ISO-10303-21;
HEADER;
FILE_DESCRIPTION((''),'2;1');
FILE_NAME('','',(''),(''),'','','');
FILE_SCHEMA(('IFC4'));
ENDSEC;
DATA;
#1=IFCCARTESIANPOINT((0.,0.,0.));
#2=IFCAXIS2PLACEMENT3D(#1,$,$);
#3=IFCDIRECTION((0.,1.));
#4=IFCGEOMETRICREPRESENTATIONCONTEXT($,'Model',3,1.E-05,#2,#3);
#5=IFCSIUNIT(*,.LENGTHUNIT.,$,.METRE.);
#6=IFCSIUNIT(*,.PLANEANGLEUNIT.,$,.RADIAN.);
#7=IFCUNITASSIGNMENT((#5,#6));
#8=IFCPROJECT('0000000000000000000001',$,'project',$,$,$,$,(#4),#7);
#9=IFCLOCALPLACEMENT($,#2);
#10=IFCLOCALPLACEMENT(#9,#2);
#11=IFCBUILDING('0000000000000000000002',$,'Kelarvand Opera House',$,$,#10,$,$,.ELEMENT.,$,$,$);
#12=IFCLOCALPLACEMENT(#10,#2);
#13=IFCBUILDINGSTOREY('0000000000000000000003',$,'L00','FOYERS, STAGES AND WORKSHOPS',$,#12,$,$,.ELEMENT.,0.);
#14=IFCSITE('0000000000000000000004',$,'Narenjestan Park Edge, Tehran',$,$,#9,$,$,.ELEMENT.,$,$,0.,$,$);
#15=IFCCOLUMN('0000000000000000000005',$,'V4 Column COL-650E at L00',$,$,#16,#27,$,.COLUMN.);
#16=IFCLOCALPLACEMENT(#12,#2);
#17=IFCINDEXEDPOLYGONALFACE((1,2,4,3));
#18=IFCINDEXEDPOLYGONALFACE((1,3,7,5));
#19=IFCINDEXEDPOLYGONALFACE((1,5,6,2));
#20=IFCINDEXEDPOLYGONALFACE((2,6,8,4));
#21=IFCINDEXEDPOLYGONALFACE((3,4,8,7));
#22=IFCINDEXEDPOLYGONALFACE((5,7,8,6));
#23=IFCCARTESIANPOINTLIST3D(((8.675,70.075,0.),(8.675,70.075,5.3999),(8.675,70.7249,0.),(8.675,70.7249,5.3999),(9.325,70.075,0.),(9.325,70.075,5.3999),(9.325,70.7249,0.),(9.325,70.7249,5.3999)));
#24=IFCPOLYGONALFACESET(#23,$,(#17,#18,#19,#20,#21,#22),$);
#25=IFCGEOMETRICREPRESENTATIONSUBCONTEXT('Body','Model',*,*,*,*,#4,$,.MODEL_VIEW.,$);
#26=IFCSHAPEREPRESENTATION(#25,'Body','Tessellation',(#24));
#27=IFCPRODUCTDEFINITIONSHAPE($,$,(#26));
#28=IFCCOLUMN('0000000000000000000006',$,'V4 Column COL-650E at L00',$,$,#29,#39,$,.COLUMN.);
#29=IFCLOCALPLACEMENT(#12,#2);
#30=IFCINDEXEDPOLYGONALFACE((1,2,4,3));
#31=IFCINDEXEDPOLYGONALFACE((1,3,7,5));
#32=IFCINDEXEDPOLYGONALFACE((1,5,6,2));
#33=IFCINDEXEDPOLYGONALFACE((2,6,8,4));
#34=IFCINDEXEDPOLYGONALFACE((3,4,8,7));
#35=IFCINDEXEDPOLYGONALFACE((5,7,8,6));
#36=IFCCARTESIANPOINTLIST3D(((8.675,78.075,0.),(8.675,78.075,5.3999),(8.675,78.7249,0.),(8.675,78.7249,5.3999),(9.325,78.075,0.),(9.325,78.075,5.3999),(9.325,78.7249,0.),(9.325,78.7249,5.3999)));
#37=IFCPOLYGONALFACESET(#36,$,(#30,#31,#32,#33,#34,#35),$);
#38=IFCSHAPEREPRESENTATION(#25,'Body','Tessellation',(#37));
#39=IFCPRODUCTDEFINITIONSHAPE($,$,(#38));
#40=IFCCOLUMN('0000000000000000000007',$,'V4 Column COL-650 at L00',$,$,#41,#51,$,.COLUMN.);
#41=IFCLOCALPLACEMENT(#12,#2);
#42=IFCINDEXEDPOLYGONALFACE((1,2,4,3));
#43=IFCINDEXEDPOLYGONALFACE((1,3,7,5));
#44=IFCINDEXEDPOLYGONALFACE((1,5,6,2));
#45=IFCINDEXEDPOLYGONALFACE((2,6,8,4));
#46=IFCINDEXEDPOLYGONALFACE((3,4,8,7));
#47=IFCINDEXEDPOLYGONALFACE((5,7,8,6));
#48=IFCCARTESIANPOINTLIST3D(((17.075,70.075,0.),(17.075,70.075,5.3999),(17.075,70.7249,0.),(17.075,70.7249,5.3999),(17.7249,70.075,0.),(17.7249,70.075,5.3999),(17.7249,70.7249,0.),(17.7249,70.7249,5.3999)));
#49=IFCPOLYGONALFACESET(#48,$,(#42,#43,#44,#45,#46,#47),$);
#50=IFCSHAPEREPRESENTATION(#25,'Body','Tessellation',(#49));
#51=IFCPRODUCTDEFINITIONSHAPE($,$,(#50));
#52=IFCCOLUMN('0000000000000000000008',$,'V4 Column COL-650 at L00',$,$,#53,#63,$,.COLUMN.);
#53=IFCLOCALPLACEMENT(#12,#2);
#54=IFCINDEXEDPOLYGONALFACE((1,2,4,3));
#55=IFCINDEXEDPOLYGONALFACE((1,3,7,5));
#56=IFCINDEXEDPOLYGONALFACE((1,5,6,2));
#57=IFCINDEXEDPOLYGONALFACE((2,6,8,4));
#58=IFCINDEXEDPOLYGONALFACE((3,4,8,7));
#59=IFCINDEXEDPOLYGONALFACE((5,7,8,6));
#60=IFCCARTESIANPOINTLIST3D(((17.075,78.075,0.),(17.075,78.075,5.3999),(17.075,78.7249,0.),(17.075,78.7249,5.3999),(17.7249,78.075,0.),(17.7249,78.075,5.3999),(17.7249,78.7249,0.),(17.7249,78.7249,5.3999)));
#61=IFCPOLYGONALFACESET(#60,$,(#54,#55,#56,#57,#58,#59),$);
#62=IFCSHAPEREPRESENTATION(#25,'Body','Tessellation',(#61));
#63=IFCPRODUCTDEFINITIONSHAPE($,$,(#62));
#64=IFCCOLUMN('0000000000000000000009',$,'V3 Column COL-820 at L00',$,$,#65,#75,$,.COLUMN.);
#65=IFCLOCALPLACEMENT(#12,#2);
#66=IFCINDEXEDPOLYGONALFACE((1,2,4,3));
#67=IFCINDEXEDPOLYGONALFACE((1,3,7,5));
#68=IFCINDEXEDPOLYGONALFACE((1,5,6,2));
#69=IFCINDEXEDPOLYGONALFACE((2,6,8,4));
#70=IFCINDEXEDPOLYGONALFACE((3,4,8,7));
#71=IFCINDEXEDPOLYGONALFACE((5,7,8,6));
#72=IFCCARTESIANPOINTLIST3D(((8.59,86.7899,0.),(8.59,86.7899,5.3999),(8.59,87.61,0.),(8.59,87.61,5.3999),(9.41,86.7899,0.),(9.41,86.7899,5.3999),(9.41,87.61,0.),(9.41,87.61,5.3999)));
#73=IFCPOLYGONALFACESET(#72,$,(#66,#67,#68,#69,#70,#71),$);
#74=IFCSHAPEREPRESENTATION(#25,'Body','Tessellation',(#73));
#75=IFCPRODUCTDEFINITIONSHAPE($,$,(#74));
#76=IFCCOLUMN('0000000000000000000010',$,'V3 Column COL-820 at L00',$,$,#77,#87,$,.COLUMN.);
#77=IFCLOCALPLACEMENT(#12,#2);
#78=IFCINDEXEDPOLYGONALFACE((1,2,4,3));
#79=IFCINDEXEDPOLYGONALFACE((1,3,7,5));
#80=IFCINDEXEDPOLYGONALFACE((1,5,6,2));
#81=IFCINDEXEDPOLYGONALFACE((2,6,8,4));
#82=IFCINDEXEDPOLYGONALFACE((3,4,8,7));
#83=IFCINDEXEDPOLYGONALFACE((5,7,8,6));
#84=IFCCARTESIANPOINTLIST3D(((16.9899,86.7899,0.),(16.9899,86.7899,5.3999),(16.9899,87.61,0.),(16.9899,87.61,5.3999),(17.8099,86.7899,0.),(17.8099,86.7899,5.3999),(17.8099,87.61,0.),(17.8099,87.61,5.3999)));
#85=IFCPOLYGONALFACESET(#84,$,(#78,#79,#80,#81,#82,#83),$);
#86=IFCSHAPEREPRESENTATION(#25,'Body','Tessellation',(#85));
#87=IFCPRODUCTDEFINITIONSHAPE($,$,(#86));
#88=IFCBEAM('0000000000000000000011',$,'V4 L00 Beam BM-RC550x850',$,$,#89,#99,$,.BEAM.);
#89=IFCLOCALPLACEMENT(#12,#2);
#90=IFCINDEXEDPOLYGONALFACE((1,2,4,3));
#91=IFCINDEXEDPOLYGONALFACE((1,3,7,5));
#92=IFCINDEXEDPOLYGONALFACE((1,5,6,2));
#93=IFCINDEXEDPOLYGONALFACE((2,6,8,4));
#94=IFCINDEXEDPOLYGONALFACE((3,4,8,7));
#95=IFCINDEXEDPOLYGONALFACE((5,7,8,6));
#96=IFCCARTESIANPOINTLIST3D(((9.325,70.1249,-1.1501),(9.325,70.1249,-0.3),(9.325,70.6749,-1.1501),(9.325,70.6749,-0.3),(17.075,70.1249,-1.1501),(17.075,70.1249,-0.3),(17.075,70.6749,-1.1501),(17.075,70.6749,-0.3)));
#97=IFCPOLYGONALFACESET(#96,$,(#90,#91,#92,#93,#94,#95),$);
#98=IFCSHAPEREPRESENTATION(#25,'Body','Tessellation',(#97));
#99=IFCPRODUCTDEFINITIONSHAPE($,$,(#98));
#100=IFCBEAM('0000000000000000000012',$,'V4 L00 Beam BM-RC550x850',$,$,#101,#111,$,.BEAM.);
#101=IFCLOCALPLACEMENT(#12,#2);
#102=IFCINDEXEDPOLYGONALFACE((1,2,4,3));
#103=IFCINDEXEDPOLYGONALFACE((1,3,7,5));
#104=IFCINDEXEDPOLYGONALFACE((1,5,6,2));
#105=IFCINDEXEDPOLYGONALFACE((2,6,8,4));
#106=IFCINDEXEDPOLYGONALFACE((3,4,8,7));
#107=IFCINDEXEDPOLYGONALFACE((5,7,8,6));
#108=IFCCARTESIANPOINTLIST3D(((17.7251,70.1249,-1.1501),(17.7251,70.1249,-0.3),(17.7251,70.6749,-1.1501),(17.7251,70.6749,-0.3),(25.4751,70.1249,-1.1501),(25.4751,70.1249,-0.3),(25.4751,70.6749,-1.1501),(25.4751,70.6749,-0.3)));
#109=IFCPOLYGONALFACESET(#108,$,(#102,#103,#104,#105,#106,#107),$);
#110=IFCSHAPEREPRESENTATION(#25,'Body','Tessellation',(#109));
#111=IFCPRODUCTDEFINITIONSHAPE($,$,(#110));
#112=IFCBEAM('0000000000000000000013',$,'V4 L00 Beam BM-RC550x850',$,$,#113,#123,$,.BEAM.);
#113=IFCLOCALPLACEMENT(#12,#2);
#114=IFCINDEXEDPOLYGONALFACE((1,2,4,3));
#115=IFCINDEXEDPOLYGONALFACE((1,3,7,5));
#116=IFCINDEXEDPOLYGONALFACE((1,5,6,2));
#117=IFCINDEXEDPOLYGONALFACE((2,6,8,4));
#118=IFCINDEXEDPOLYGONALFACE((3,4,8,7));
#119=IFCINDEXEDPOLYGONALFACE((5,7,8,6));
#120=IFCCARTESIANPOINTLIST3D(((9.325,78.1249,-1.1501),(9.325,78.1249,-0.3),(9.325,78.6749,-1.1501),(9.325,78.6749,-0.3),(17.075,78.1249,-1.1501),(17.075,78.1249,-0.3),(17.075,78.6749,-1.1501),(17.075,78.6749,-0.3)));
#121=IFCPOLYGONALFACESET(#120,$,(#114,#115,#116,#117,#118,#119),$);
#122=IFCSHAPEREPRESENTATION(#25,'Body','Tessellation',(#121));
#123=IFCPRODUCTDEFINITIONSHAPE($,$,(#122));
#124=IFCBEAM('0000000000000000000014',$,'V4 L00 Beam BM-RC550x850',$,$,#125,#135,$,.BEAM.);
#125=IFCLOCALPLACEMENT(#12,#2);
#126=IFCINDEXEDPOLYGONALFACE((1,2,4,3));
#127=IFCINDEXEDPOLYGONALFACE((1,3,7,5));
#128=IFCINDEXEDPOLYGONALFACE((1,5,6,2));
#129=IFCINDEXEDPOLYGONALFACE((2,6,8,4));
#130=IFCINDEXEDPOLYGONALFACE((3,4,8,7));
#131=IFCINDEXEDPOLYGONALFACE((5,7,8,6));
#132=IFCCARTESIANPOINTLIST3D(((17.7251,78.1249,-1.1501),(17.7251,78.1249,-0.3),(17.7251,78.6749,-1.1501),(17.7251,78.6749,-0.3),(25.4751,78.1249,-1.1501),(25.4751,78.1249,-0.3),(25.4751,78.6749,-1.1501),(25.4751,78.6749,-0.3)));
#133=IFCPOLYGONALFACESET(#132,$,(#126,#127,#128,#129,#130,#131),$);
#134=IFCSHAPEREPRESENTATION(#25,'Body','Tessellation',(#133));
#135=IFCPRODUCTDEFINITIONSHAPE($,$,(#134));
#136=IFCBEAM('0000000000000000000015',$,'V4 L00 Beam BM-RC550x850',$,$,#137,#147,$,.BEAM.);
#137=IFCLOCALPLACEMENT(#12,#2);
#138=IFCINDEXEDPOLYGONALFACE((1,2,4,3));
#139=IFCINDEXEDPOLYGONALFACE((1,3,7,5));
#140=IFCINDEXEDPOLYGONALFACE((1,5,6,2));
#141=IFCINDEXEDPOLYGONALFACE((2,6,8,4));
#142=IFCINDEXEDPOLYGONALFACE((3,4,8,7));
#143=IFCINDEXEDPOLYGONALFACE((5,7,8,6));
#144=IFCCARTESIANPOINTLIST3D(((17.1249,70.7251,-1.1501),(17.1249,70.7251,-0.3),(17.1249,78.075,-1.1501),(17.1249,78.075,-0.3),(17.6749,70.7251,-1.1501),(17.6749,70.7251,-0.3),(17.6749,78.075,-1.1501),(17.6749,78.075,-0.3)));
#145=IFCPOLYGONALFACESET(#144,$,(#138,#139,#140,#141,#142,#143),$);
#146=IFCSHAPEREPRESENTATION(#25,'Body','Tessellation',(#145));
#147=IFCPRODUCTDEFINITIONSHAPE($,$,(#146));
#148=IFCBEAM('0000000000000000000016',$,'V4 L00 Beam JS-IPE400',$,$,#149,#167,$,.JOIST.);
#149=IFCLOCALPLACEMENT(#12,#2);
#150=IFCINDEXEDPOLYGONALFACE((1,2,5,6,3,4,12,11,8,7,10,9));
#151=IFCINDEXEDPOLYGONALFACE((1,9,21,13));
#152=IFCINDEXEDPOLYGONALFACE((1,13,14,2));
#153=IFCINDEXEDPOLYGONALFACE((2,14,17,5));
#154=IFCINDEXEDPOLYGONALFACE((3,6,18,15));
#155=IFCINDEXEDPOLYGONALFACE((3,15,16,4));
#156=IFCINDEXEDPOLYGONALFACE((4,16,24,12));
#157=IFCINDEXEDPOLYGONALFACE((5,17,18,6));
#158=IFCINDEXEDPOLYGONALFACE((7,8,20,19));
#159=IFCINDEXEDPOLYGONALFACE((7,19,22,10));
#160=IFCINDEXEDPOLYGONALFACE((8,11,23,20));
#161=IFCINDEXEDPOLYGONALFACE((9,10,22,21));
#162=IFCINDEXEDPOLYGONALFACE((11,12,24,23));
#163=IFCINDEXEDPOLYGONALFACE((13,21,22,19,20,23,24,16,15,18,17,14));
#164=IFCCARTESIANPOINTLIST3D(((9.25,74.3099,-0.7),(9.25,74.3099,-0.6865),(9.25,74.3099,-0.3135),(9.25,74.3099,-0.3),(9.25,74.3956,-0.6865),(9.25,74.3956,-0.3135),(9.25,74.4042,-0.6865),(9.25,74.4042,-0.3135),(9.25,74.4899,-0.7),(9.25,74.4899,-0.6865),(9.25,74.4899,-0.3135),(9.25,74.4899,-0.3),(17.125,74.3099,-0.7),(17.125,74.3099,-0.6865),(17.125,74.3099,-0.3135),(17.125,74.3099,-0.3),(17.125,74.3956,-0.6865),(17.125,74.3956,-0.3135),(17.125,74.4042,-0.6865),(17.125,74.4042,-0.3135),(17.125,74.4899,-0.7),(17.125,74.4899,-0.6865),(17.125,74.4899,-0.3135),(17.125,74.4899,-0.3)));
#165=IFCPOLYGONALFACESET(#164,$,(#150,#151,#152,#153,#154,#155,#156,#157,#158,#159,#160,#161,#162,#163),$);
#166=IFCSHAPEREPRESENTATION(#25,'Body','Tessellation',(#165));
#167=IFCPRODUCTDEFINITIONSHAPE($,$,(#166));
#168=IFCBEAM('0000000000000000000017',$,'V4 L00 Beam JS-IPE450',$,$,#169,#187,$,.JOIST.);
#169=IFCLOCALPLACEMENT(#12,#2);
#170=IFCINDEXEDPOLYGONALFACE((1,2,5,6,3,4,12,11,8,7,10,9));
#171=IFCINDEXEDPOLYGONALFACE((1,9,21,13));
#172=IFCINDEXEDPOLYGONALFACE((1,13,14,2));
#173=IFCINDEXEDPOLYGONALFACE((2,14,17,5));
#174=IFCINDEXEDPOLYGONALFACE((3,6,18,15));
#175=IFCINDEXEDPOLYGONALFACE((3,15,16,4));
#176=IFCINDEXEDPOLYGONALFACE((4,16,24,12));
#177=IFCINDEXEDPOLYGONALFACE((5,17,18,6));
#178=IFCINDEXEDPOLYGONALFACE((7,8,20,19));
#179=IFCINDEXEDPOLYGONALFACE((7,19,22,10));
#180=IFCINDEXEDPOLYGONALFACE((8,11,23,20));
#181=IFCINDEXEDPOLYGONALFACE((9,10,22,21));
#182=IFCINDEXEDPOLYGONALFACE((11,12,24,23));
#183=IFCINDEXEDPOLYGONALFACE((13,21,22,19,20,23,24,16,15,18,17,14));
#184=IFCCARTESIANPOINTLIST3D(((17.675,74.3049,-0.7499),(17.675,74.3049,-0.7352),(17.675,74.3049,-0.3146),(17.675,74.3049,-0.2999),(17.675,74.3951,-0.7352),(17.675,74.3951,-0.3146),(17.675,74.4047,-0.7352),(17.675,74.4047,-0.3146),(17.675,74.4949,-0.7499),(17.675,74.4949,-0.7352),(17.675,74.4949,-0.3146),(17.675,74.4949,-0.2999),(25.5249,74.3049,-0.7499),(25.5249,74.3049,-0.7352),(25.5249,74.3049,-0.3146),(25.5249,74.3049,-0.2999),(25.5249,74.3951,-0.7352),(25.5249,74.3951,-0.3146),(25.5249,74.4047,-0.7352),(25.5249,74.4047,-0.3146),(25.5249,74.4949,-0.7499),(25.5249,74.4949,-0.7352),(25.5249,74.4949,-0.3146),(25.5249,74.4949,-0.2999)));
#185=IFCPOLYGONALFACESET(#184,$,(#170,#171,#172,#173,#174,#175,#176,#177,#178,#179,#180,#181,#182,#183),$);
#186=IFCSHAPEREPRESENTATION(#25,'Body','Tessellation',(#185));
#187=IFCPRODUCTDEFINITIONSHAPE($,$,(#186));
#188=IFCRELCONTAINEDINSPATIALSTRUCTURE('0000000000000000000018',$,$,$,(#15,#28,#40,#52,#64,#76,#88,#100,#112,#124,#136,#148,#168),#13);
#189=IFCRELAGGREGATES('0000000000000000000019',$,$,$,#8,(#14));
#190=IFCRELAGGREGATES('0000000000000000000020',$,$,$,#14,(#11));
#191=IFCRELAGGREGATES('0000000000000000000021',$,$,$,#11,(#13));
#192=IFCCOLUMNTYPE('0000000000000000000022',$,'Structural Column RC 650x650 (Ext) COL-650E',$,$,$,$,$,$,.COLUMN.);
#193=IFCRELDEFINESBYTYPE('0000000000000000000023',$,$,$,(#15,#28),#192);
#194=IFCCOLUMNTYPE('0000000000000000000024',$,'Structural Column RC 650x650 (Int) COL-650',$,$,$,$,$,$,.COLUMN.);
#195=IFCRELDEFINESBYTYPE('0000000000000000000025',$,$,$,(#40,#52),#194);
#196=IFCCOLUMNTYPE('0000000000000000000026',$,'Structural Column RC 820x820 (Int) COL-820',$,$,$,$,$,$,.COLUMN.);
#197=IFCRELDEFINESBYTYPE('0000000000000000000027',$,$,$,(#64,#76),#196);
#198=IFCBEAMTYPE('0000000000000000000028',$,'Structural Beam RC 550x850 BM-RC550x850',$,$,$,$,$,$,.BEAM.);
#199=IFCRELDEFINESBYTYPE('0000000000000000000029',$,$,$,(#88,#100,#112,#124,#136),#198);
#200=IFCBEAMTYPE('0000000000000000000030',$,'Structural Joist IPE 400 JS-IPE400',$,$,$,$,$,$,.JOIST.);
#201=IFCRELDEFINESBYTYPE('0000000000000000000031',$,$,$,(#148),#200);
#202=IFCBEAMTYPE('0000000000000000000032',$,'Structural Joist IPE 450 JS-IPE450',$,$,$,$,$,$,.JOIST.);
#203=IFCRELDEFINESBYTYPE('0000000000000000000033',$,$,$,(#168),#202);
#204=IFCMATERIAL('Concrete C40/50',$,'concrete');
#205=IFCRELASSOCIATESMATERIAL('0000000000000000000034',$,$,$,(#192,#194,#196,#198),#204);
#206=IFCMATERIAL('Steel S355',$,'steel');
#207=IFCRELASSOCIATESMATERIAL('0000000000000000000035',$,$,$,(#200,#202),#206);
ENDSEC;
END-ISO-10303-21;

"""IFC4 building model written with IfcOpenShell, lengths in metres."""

from ifc_helpers import new_model, si_unit, direction, frame, origin, origin_2d, place, context, subcontext, project, spatial, rectangle, i_section, extrude, material, material_profile, profile_set, type_object, element, save


model = new_model("IFC4")

# Units and contexts
model_context = context("Model", 3, precision=1e-05, world=origin(), true_north=direction((0.0, 1.0)))
body_context = subcontext(model_context, "Body", "Model", "MODEL_VIEW")
ifc_project = project(units=[si_unit("LENGTHUNIT", "METRE"), si_unit("PLANEANGLEUNIT", "RADIAN")], contexts=[model_context])

# Site, building, storey
site_placement = place(None, origin())
site = spatial("IfcSite", under=ifc_project, at=site_placement, Name="Narenjestan Park Edge, Tehran", CompositionType="ELEMENT", RefElevation=0.0)
building_placement = place(site_placement, origin())
building = spatial("IfcBuilding", under=site, at=building_placement, Name="Kelarvand Opera House", CompositionType="ELEMENT")
storey_placement = place(building_placement, origin())
storey = spatial("IfcBuildingStorey", under=building, at=storey_placement, Name="L00", Description="FOYERS, STAGES AND WORKSHOPS", CompositionType="ELEMENT", Elevation=0.0)

# Columns
ifc_material_1 = material(Name="Concrete C40/50", Category="concrete")
ifc_material_profile_1 = material_profile(ifc_material_1, rectangle(XDim=0.6499, YDim=0.6499, at=origin_2d()), Name="RC 650x650", Category="concrete")
ifc_profile_set_1 = profile_set([ifc_material_profile_1], Name="Concrete C40/50")
column_type_1 = type_object("IfcColumnType", Name="Structural Column RC 650x650 (Ext) COL-650E", PredefinedType="COLUMN", material=ifc_profile_set_1)
for number, where, z_axis, x_axis, name in (
    (1, (9.0, 70.3999, 0.0), (0.0, 0.0, 1.0), (1.0, 0.0, 0.0), "V4 Column COL-650E at L00"),
    (2, (9.0, 78.3999, 0.0), (0.0, 0.0, 1.0), (1.0, 0.0, 0.0), "V4 Column COL-650E at L00"),
):
    element("IfcColumn", number, at=place(storey_placement, frame(where, z_axis=z_axis, x_axis=x_axis)), inside=storey, type_object=column_type_1, Name=name, PredefinedType="COLUMN", context=body_context, shape_type="SweptSolid", body=[
        extrude(rectangle(XDim=0.6499, YDim=0.6499, at=origin_2d()), origin(), (0.0, 0.0, 1.0), 5.3999),
    ])
ifc_material_profile_2 = material_profile(ifc_material_1, rectangle(XDim=0.6499, YDim=0.6499, at=origin_2d()), Name="RC 650x650", Category="concrete")
ifc_profile_set_2 = profile_set([ifc_material_profile_2], Name="Concrete C40/50")
column_type_2 = type_object("IfcColumnType", Name="Structural Column RC 650x650 (Int) COL-650", PredefinedType="COLUMN", material=ifc_profile_set_2)
for number, where, z_axis, x_axis, name in (
    (3, (17.3999, 70.3999, 0.0), (0.0, 0.0, 1.0), (1.0, 0.0, 0.0), "V4 Column COL-650 at L00"),
    (4, (17.3999, 78.3999, 0.0), (0.0, 0.0, 1.0), (1.0, 0.0, 0.0), "V4 Column COL-650 at L00"),
):
    element("IfcColumn", number, at=place(storey_placement, frame(where, z_axis=z_axis, x_axis=x_axis)), inside=storey, type_object=column_type_2, Name=name, PredefinedType="COLUMN", context=body_context, shape_type="SweptSolid", body=[
        extrude(rectangle(XDim=0.6499, YDim=0.6499, at=origin_2d()), origin(), (0.0, 0.0, 1.0), 5.3999),
    ])
ifc_material_profile_3 = material_profile(ifc_material_1, rectangle(XDim=0.8201, YDim=0.8201, at=origin_2d()), Name="RC 820x820", Category="concrete")
ifc_profile_set_3 = profile_set([ifc_material_profile_3], Name="Concrete C40/50")
column_type_3 = type_object("IfcColumnType", Name="Structural Column RC 820x820 (Int) COL-820", PredefinedType="COLUMN", material=ifc_profile_set_3)
for number, where, z_axis, x_axis, name in (
    (5, (9.0, 87.2, 0.0), (0.0, 0.0, 1.0), (1.0, 0.0, 0.0), "V3 Column COL-820 at L00"),
    (6, (17.3999, 87.2, 0.0), (0.0, 0.0, 1.0), (1.0, 0.0, 0.0), "V3 Column COL-820 at L00"),
):
    element("IfcColumn", number, at=place(storey_placement, frame(where, z_axis=z_axis, x_axis=x_axis)), inside=storey, type_object=column_type_3, Name=name, PredefinedType="COLUMN", context=body_context, shape_type="SweptSolid", body=[
        extrude(rectangle(XDim=0.8201, YDim=0.8201, at=origin_2d()), origin(), (0.0, 0.0, 1.0), 5.3999),
    ])

# Beams
ifc_material_profile_4 = material_profile(ifc_material_1, rectangle(XDim=0.55, YDim=0.8501, at=origin_2d()), Name="RC 550x850", Category="concrete")
ifc_profile_set_4 = profile_set([ifc_material_profile_4], Name="Concrete C40/50")
beam_type_1 = type_object("IfcBeamType", Name="Structural Beam RC 550x850 BM-RC550x850", PredefinedType="BEAM", material=ifc_profile_set_4)
for number, where, z_axis, x_axis, name in (
    (7, (9.325, 70.3999, -0.7251), (1.0, 0.0, 0.0), (0.0, 1.0, 0.0), "V4 L00 Beam BM-RC550x850"),
    (8, (17.7251, 70.3999, -0.7251), (1.0, 0.0, 0.0), (0.0, 1.0, 0.0), "V4 L00 Beam BM-RC550x850"),
    (9, (9.325, 78.3999, -0.7251), (1.0, 0.0, 0.0), (0.0, 1.0, 0.0), "V4 L00 Beam BM-RC550x850"),
    (10, (17.7251, 78.3999, -0.7251), (1.0, 0.0, 0.0), (0.0, 1.0, 0.0), "V4 L00 Beam BM-RC550x850"),
):
    element("IfcBeam", number, at=place(storey_placement, frame(where, z_axis=z_axis, x_axis=x_axis)), inside=storey, type_object=beam_type_1, Name=name, PredefinedType="BEAM", context=body_context, shape_type="SweptSolid", body=[
        extrude(rectangle(XDim=0.55, YDim=0.8501, at=origin_2d()), origin(), (0.0, 0.0, 1.0), 7.75),
    ])
beam_1_placement = place(storey_placement, frame((17.3999, 70.7251, -0.7251), z_axis=(0.0, 1.0, 0.0), x_axis=(-1.0, 0.0, 0.0)))
element("IfcBeam", 11, at=beam_1_placement, inside=storey, type_object=beam_type_1, Name="V4 L00 Beam BM-RC550x850", PredefinedType="BEAM", context=body_context, shape_type="SweptSolid", body=[
    extrude(rectangle(XDim=0.55, YDim=0.8501, at=origin_2d()), origin(), (0.0, 0.0, 1.0), 7.3499),
])
ifc_material_2 = material(Name="Steel S355", Category="steel")
ifc_material_profile_5 = material_profile(ifc_material_2, i_section(OverallWidth=0.1799, OverallDepth=0.3999, WebThickness=0.0085, FlangeThickness=0.0134, at=origin_2d()), Name="IPE 400", Category="steel")
ifc_profile_set_5 = profile_set([ifc_material_profile_5], Name="Steel S355")
beam_type_2 = type_object("IfcBeamType", Name="Structural Joist IPE 400 JS-IPE400", PredefinedType="JOIST", material=ifc_profile_set_5)
beam_2_placement = place(storey_placement, frame((9.25, 74.3999, -0.5), z_axis=(1.0, 0.0, 0.0), x_axis=(0.0, 1.0, 0.0)))
element("IfcBeam", 12, at=beam_2_placement, inside=storey, type_object=beam_type_2, Name="V4 L00 Beam JS-IPE400", PredefinedType="JOIST", context=body_context, shape_type="SweptSolid", body=[
    extrude(i_section(OverallWidth=0.1799, OverallDepth=0.3999, WebThickness=0.0085, FlangeThickness=0.0134, at=origin_2d()), origin(), (0.0, 0.0, 1.0), 7.875),
])
ifc_material_profile_6 = material_profile(ifc_material_2, i_section(OverallWidth=0.1899, OverallDepth=0.45, WebThickness=0.0095, FlangeThickness=0.0146, at=origin_2d()), Name="IPE 450", Category="steel")
ifc_profile_set_6 = profile_set([ifc_material_profile_6], Name="Steel S355")
beam_type_3 = type_object("IfcBeamType", Name="Structural Joist IPE 450 JS-IPE450", PredefinedType="JOIST", material=ifc_profile_set_6)
beam_3_placement = place(storey_placement, frame((17.675, 74.3999, -0.5249), z_axis=(1.0, 0.0, 0.0), x_axis=(0.0, 1.0, 0.0)))
element("IfcBeam", 13, at=beam_3_placement, inside=storey, type_object=beam_type_3, Name="V4 L00 Beam JS-IPE450", PredefinedType="JOIST", context=body_context, shape_type="SweptSolid", body=[
    extrude(i_section(OverallWidth=0.1899, OverallDepth=0.45, WebThickness=0.0095, FlangeThickness=0.0146, at=origin_2d()), origin(), (0.0, 0.0, 1.0), 7.8499),
])

save(model, "model.ifc")
